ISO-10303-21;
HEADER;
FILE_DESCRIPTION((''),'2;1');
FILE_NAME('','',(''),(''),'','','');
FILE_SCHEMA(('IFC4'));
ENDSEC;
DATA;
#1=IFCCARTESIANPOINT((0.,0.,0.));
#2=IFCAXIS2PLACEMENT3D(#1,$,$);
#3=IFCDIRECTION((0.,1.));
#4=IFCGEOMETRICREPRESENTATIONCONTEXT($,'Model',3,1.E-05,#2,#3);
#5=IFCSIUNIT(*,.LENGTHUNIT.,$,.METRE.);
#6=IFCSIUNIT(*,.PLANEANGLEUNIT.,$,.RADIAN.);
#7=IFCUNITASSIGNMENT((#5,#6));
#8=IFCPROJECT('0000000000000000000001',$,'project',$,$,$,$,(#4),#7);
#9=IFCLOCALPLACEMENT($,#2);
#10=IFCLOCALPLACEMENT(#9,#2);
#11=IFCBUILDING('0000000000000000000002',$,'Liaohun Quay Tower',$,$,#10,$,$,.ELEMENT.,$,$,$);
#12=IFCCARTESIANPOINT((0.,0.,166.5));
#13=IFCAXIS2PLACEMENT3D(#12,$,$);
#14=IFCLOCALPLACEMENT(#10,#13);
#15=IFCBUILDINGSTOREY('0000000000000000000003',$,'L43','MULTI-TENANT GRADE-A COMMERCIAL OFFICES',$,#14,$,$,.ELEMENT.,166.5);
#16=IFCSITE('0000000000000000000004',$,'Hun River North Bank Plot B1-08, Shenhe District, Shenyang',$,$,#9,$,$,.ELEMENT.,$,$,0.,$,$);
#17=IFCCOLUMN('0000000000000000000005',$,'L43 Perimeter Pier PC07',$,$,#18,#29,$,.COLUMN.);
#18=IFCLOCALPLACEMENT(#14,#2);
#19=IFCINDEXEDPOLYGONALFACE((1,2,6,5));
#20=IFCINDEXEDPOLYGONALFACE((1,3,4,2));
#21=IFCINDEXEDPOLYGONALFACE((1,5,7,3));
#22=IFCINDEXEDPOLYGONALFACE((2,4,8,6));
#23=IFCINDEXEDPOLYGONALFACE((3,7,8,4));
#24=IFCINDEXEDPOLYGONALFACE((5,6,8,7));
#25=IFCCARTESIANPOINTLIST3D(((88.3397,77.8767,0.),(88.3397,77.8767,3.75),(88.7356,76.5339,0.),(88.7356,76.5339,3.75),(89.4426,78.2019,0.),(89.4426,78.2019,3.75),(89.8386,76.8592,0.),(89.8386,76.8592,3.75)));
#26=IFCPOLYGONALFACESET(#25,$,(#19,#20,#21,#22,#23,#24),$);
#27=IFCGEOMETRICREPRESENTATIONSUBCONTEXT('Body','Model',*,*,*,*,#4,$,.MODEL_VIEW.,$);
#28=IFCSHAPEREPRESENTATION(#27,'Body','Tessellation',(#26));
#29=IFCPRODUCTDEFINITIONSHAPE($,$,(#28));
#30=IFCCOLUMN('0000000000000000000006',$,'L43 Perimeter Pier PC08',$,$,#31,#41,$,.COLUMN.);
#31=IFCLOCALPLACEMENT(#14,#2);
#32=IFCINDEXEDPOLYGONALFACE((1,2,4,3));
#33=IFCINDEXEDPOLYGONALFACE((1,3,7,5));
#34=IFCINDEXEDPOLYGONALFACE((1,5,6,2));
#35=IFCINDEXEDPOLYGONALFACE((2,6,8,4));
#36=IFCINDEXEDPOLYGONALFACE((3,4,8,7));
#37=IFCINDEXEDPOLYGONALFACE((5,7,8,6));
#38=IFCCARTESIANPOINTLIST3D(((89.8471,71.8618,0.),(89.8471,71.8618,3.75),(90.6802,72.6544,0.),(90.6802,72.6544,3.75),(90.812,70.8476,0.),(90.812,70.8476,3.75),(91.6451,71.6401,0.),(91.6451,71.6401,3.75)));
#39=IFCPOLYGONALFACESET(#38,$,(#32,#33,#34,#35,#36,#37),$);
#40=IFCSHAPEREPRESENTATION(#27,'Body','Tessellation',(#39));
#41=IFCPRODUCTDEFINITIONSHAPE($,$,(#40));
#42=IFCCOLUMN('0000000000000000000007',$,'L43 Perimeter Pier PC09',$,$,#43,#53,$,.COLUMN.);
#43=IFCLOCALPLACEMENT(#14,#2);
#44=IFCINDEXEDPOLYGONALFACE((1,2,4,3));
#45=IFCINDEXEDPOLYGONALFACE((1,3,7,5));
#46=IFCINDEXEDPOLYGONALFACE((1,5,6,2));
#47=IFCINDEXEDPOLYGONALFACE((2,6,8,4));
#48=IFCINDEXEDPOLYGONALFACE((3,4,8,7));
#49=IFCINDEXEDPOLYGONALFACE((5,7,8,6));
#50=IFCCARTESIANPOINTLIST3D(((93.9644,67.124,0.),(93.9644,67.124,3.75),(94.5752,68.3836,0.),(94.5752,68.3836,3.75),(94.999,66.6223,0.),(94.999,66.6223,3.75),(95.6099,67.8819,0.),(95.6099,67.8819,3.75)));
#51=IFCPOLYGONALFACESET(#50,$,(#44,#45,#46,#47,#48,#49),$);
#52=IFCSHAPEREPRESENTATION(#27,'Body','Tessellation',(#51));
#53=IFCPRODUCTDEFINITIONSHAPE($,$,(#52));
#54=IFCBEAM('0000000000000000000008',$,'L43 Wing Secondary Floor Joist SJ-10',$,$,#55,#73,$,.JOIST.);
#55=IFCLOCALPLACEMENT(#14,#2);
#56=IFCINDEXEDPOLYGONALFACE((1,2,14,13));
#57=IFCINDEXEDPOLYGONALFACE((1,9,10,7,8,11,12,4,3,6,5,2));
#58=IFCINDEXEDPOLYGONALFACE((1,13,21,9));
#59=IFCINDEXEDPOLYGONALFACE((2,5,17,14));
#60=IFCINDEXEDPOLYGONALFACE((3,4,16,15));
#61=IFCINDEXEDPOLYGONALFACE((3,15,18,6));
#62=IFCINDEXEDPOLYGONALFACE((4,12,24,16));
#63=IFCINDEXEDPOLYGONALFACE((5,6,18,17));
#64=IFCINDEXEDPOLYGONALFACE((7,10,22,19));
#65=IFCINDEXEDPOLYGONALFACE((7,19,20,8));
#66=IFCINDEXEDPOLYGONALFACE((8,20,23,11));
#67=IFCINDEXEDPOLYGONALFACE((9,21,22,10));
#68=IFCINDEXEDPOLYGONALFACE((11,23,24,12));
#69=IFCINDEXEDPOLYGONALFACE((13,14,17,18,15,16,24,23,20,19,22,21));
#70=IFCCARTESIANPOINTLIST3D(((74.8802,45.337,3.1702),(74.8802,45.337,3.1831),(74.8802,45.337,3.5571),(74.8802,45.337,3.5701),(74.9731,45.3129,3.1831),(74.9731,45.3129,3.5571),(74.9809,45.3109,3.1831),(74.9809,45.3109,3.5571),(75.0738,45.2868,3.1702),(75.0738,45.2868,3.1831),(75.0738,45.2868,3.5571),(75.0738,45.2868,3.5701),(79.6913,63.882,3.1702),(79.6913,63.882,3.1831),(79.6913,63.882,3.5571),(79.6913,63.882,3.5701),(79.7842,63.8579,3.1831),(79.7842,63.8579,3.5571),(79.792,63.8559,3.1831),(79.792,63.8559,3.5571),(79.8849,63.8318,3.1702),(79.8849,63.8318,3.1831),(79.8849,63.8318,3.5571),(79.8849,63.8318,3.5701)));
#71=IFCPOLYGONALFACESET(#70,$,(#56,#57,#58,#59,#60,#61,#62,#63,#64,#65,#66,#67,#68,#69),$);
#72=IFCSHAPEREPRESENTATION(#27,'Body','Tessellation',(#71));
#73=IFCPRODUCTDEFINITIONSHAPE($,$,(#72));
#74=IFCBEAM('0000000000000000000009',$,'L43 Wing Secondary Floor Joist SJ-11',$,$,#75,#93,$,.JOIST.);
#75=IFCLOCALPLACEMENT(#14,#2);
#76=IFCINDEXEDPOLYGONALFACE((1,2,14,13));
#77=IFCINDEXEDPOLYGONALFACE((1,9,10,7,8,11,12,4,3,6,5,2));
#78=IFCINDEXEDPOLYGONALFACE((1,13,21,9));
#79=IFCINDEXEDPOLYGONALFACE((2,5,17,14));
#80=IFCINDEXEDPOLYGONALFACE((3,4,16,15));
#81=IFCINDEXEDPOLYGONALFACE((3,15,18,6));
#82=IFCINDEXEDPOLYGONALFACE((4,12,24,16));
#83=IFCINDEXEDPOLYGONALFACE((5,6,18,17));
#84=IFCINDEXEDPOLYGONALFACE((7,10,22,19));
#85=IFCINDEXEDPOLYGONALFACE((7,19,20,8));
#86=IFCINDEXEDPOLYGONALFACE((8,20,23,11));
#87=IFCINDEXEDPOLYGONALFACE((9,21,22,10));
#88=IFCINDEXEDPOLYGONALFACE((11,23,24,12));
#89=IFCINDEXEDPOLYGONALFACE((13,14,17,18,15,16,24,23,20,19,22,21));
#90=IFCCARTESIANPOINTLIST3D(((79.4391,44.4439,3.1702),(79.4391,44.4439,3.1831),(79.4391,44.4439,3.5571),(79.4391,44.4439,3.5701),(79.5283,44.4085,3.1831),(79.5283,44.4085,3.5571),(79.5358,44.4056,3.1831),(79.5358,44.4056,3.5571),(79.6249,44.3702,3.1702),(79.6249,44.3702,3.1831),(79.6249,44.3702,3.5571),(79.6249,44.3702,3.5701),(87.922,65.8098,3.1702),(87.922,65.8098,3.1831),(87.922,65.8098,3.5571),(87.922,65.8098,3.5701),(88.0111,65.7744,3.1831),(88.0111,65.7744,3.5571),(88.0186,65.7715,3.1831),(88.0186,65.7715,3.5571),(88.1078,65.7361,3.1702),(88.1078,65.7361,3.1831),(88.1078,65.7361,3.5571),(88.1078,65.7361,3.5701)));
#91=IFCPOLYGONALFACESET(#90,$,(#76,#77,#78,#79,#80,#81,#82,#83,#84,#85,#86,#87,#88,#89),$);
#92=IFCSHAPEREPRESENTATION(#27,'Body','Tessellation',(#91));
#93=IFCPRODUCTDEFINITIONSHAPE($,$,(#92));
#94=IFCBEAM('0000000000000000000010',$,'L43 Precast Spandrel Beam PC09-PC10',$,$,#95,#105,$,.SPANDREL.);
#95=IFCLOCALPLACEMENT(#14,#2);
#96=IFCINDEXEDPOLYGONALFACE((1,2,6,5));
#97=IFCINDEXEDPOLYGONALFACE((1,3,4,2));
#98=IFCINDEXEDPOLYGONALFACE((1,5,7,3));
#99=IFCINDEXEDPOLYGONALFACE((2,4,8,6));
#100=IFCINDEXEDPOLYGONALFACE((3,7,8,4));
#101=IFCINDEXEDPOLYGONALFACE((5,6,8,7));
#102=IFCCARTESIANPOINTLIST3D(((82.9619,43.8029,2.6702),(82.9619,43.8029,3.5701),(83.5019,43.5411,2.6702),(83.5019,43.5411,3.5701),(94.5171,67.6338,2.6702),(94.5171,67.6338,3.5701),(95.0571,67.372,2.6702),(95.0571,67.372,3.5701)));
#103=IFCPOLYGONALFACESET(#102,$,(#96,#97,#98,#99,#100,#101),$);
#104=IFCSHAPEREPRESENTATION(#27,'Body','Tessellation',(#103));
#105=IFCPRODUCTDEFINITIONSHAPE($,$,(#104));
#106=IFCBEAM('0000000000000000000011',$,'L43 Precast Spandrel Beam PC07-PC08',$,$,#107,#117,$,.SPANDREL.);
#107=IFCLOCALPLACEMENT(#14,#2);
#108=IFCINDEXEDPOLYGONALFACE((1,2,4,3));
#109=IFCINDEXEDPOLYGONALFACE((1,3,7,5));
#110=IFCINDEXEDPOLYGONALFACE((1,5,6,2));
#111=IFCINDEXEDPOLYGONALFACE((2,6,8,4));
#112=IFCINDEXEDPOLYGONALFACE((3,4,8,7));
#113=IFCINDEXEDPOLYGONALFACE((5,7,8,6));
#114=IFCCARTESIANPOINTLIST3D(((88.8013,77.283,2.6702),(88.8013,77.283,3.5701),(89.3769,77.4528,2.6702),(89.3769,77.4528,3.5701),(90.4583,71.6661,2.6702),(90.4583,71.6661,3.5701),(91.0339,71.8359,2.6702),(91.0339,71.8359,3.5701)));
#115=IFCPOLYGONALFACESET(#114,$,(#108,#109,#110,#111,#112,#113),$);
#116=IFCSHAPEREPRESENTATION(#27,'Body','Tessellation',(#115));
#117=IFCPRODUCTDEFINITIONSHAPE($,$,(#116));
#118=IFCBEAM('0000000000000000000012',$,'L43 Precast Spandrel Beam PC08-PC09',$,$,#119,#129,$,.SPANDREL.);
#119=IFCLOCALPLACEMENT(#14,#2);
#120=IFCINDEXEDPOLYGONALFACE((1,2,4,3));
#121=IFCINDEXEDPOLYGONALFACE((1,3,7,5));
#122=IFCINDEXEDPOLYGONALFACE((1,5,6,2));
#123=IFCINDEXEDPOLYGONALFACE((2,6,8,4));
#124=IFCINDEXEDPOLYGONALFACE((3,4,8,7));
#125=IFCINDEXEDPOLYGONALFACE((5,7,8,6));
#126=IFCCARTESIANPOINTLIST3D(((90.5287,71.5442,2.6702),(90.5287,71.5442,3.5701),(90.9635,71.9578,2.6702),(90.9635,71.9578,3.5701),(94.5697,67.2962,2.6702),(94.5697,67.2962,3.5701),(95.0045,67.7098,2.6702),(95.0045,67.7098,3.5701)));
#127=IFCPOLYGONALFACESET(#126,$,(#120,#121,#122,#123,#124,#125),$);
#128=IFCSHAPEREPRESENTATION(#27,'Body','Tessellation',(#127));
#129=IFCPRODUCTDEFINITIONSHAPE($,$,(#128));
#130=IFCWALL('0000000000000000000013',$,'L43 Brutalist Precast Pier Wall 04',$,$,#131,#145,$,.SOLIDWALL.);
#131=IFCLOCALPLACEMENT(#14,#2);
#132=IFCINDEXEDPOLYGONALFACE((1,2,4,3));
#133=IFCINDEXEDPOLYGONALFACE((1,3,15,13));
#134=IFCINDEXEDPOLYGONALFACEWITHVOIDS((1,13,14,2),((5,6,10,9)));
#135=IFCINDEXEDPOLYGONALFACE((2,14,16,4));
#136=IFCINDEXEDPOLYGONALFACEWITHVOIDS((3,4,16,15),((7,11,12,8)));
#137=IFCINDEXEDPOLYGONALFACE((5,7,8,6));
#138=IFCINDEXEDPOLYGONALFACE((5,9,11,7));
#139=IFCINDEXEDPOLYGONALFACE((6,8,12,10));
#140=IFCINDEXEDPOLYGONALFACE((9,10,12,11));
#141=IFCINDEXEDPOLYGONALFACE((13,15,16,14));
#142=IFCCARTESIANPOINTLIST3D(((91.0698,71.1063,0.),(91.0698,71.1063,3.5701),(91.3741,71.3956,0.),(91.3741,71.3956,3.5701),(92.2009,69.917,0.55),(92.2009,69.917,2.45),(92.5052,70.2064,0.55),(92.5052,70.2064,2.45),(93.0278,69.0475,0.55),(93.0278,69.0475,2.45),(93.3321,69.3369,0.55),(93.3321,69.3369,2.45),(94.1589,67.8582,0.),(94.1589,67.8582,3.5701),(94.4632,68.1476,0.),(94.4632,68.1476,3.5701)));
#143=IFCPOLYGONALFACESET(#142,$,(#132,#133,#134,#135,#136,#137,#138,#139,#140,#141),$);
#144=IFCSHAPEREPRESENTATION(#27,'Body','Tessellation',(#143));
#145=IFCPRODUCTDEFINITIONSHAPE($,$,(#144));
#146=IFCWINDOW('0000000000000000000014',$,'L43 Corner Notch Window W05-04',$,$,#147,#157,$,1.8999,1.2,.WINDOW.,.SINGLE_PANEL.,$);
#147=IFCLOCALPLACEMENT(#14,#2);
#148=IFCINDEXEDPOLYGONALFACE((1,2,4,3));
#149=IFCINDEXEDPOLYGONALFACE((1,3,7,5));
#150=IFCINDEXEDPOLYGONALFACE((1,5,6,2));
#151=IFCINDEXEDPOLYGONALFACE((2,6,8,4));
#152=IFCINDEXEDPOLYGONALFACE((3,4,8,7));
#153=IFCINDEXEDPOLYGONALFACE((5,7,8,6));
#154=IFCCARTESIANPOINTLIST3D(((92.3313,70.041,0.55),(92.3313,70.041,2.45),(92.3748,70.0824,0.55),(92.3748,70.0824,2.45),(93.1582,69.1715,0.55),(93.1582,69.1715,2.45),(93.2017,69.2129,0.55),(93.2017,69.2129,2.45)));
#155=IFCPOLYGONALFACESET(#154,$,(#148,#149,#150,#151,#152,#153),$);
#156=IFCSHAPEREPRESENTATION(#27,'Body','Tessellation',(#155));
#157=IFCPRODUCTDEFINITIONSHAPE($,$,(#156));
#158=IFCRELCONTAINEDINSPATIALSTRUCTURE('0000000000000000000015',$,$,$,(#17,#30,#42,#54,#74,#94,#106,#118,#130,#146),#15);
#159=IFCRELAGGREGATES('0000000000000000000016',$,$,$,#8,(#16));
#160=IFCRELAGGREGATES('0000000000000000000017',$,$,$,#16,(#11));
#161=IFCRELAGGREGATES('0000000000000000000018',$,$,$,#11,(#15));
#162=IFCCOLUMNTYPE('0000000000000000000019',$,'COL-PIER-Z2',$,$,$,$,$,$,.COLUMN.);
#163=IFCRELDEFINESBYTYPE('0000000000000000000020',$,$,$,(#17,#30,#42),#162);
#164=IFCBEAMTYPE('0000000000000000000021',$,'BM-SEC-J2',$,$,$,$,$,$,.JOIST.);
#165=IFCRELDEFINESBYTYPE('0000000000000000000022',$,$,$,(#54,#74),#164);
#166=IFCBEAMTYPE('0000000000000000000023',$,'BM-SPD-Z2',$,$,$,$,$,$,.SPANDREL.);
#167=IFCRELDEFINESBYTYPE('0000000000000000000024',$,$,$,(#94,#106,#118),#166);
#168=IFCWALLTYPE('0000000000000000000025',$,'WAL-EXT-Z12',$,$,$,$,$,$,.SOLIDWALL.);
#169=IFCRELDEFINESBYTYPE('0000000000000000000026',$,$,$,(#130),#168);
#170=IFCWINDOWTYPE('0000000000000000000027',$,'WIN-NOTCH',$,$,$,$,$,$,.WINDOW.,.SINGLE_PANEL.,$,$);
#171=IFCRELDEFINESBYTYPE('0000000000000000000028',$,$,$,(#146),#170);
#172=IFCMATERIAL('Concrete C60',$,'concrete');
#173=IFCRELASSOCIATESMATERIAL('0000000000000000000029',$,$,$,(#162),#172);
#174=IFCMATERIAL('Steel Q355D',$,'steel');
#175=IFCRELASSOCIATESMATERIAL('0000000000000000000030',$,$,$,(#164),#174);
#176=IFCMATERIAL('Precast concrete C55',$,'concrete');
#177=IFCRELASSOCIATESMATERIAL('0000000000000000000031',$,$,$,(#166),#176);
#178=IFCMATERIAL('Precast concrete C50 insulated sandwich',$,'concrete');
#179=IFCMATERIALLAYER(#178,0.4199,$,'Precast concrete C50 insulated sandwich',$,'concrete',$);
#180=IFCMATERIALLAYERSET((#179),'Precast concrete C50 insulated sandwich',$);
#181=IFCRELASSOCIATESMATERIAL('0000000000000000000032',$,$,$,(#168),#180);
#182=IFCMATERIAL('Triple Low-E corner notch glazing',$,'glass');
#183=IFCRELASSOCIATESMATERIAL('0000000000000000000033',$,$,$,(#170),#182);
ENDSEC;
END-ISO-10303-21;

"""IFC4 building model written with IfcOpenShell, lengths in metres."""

from ifc_helpers import new_model, si_unit, direction, frame, frame_2d, origin, origin_2d, place, context, subcontext, project, spatial, rectangle, i_section, extrude, source, transform, mapped, material, layer, layer_set, material_profile, profile_set, type_object, element, fill, save


model = new_model("IFC4")

# Units and contexts
model_context = context("Model", 3, precision=1e-05, world=origin(), true_north=direction((0.0, 1.0)))
body_context = subcontext(model_context, "Body", "Model", "MODEL_VIEW")
ifc_project = project(units=[si_unit("LENGTHUNIT", "METRE"), si_unit("PLANEANGLEUNIT", "RADIAN")], contexts=[model_context])

# Site, building, storey
site_placement = place(None, origin())
site = spatial("IfcSite", under=ifc_project, at=site_placement, Name="Hun River North Bank Plot B1-08, Shenhe District, Shenyang", CompositionType="ELEMENT", RefElevation=0.0)
building_placement = place(site_placement, origin())
building = spatial("IfcBuilding", under=site, at=building_placement, Name="Liaohun Quay Tower", CompositionType="ELEMENT")
storey_placement = place(building_placement, frame((0.0, 0.0, 166.5)))
storey = spatial("IfcBuildingStorey", under=building, at=storey_placement, Name="L43", Description="MULTI-TENANT GRADE-A COMMERCIAL OFFICES", CompositionType="ELEMENT", Elevation=166.5)

# Columns
ifc_material_1 = material(Name="Concrete C60", Category="concrete")
ifc_material_profile_1 = material_profile(ifc_material_1, rectangle(XDim=1.3999, YDim=1.1499, at=origin_2d()), Name="RC1400x1150")
ifc_profile_set_1 = profile_set([ifc_material_profile_1], Name="Concrete C60")
column_type = type_object("IfcColumnType", Name="COL-PIER-Z2", PredefinedType="COLUMN", material=ifc_profile_set_1)
shared_shape_1 = source(origin(), body_context, "Body", "SweptSolid", [
    extrude(rectangle(XDim=1.3999, YDim=1.1499, at=origin_2d()), origin(), (0.0, 0.0, 1.0), 3.75),
])
for number, where, z_axis, x_axis, name in (
    (1, (89.0891, 77.3679, 0.0), (0.0, 0.0, 1.0), (-0.282844, 0.959166, 0.0), "L43 Perimeter Pier PC07"),
    (2, (90.7461, 71.751, 0.0), (0.0, 0.0, 1.0), (-0.68924, 0.724533, 0.0), "L43 Perimeter Pier PC08"),
    (3, (94.7871, 67.5029, 0.0), (0.0, 0.0, 1.0), (0.436331, 0.899786, 0.0), "L43 Perimeter Pier PC09"),
):
    element("IfcColumn", number, at=place(storey_placement, frame(where, z_axis=z_axis, x_axis=x_axis)), inside=storey, type_object=column_type, Name=name, PredefinedType="COLUMN", context=body_context, shape_type="MappedRepresentation", body=[
        mapped(shared_shape_1, transform((0.0, 0.0, 0.0), x_axis=(1.0, 0.0, 0.0), y_axis=(0.0, 1.0, 0.0), z_axis=(0.0, 0.0, 1.0), scale=1.0)),
    ])

# Beams
ifc_material_2 = material(Name="Steel Q355D", Category="steel")
ifc_material_profile_2 = material_profile(ifc_material_2, i_section(OverallWidth=0.2, OverallDepth=0.3999, WebThickness=0.0081, FlangeThickness=0.0129, at=origin_2d()), Name="HN400x200x8x13")
ifc_profile_set_2 = profile_set([ifc_material_profile_2], Name="Steel Q355D")
beam_type_1 = type_object("IfcBeamType", Name="BM-SEC-J2", PredefinedType="JOIST", material=ifc_profile_set_2)
shared_shape_2 = source(origin(), body_context, "Body", "SweptSolid", [
    extrude(i_section(OverallWidth=0.2, OverallDepth=0.3999, WebThickness=0.0081, FlangeThickness=0.0129, at=origin_2d()), origin(), (0.0, 0.0, 1.0), 19.1589),
])
beam_1_placement = place(storey_placement, frame((79.7881, 63.8569, 3.3701), z_axis=(-0.251113, -0.967958, 0.0), x_axis=(0.967958, -0.251113, 0.0)))
element("IfcBeam", 4, at=beam_1_placement, inside=storey, type_object=beam_type_1, Name="L43 Wing Secondary Floor Joist SJ-10", PredefinedType="JOIST", context=body_context, shape_type="MappedRepresentation", body=[
    mapped(shared_shape_2, transform((0.0, 0.0, 0.0), x_axis=(1.0, 0.0, 0.0), y_axis=(0.0, 1.0, 0.0), z_axis=(0.0, 0.0, 1.0), scale=1.0)),
])
shared_shape_3 = source(origin(), body_context, "Body", "SweptSolid", [
    extrude(i_section(OverallWidth=0.2, OverallDepth=0.3999, WebThickness=0.0081, FlangeThickness=0.0129, at=origin_2d()), origin(), (0.0, 0.0, 1.0), 22.9883),
])
beam_2_placement = place(storey_placement, frame((88.0149, 65.7729, 3.3701), z_axis=(-0.369009, -0.929426, 0.0), x_axis=(0.929426, -0.369009, 0.0)))
element("IfcBeam", 5, at=beam_2_placement, inside=storey, type_object=beam_type_1, Name="L43 Wing Secondary Floor Joist SJ-11", PredefinedType="JOIST", context=body_context, shape_type="MappedRepresentation", body=[
    mapped(shared_shape_3, transform((0.0, 0.0, 0.0), x_axis=(1.0, 0.0, 0.0), y_axis=(0.0, 1.0, 0.0), z_axis=(0.0, 0.0, 1.0), scale=1.0)),
])
ifc_material_3 = material(Name="Precast concrete C55", Category="concrete")
ifc_material_profile_3 = material_profile(ifc_material_3, rectangle(XDim=0.6001, YDim=0.8999, at=origin_2d()), Name="RC600x900")
ifc_profile_set_3 = profile_set([ifc_material_profile_3], Name="Precast concrete C55")
beam_type_2 = type_object("IfcBeamType", Name="BM-SPD-Z2", PredefinedType="SPANDREL", material=ifc_profile_set_3)
shared_shape_4 = source(origin(), body_context, "Body", "SweptSolid", [
    extrude(rectangle(XDim=0.6001, YDim=0.8999, at=origin_2d()), origin(), (0.0, 0.0, 1.0), 26.4846),
])
beam_3_placement = place(storey_placement, frame((94.7871, 67.5029, 3.1201), z_axis=(-0.436299, -0.899802, 0.0), x_axis=(0.899802, -0.436299, 0.0)))
element("IfcBeam", 6, at=beam_3_placement, inside=storey, type_object=beam_type_2, Name="L43 Precast Spandrel Beam PC09-PC10", PredefinedType="SPANDREL", context=body_context, shape_type="MappedRepresentation", body=[
    mapped(shared_shape_4, transform((0.0, 0.0, 0.0), x_axis=(1.0, 0.0, 0.0), y_axis=(0.0, 1.0, 0.0), z_axis=(0.0, 0.0, 1.0), scale=1.0)),
])
shared_shape_5 = source(origin(), body_context, "Body", "SweptSolid", [
    extrude(rectangle(XDim=0.6001, YDim=0.8999, at=origin_2d()), origin(), (0.0, 0.0, 1.0), 5.8562),
])
beam_4_placement = place(storey_placement, frame((89.0891, 77.3679, 3.1201), z_axis=(0.282943, -0.959137, 0.0), x_axis=(0.959137, 0.282943, 0.0)))
element("IfcBeam", 7, at=beam_4_placement, inside=storey, type_object=beam_type_2, Name="L43 Precast Spandrel Beam PC07-PC08", PredefinedType="SPANDREL", context=body_context, shape_type="MappedRepresentation", body=[
    mapped(shared_shape_5, transform((0.0, 0.0, 0.0), x_axis=(1.0, 0.0, 0.0), y_axis=(0.0, 1.0, 0.0), z_axis=(0.0, 0.0, 1.0), scale=1.0)),
])
shared_shape_6 = source(origin(), body_context, "Body", "SweptSolid", [
    extrude(rectangle(XDim=0.6001, YDim=0.8999, at=origin_2d()), origin(), (0.0, 0.0, 1.0), 5.863),
])
beam_5_placement = place(storey_placement, frame((90.7461, 71.751, 3.1201), z_axis=(0.689231, -0.724542, 0.0), x_axis=(0.724542, 0.689231, 0.0)))
element("IfcBeam", 8, at=beam_5_placement, inside=storey, type_object=beam_type_2, Name="L43 Precast Spandrel Beam PC08-PC09", PredefinedType="SPANDREL", context=body_context, shape_type="MappedRepresentation", body=[
    mapped(shared_shape_6, transform((0.0, 0.0, 0.0), x_axis=(1.0, 0.0, 0.0), y_axis=(0.0, 1.0, 0.0), z_axis=(0.0, 0.0, 1.0), scale=1.0)),
])

# Wall, opening, window
ifc_material_4 = material(Name="Precast concrete C50 insulated sandwich", Category="concrete")
ifc_layer_1 = layer(ifc_material_4, 0.4199, Name="Precast concrete C50 insulated sandwich", Category="concrete")
ifc_layer_set_1 = layer_set([ifc_layer_1], Name="Precast concrete C50 insulated sandwich")
wall_type_1 = type_object("IfcWallType", Name="WAL-EXT-Z12", PredefinedType="SOLIDWALL", material=ifc_layer_set_1)
wall_1_placement = place(storey_placement, frame((94.311, 68.0029, 0.0), z_axis=(0.0, 0.0, 1.0), x_axis=(-0.689156, 0.724613, 0.0)))
wall_1 = element("IfcWall", 9, at=wall_1_placement, inside=storey, type_object=wall_type_1, Name="L43 Brutalist Precast Pier Wall 04", PredefinedType="SOLIDWALL", context=body_context, shape_type="SweptSolid", body=[
    extrude(rectangle(XDim=4.4824, YDim=0.4199, at=frame_2d((2.2412, 0.0))), origin(), (0.0, 0.0, 1.0), 3.5701),
])
shared_shape_7 = source(origin(), body_context, "Body", "SweptSolid", [
    extrude(rectangle(XDim=1.2, YDim=1.8999, at=frame_2d((0.6001, 0.95))), frame((0.0, 0.22, 0.0), z_axis=(0.0, -1.0, 0.0), x_axis=(1.0, 0.0, 0.0)), (0.0, 0.0, 1.0), 0.4399),
])
opening_1_placement = place(wall_1_placement, frame((1.6411, 0.0, 0.55)))
opening_1 = element("IfcOpeningElement", 10, at=opening_1_placement, cuts=wall_1, PredefinedType="OPENING", context=body_context, shape_type="MappedRepresentation", body=[
    mapped(shared_shape_7, transform((0.0, 0.0, 0.0), x_axis=(1.0, 0.0, 0.0), y_axis=(0.0, 1.0, 0.0), z_axis=(0.0, 0.0, 1.0), scale=1.0)),
])
ifc_material_5 = material(Name="Triple Low-E corner notch glazing", Category="glass")
window_type_1 = type_object("IfcWindowType", Name="WIN-NOTCH", PartitioningType="SINGLE_PANEL", PredefinedType="WINDOW", material=ifc_material_5)
shared_shape_8 = source(origin(), body_context, "Body", "SweptSolid", [
    extrude(rectangle(XDim=1.2, YDim=1.8999, at=frame_2d((0.6001, 0.95))), frame((0.0, 0.03, 0.0), z_axis=(0.0, -1.0, 0.0), x_axis=(1.0, 0.0, 0.0)), (0.0, 0.0, 1.0), 0.0601),
])
window_1_placement = place(opening_1_placement, origin())
window_1 = element("IfcWindow", 11, at=window_1_placement, inside=storey, type_object=window_type_1, Name="L43 Corner Notch Window W05-04", OverallHeight=1.8999, OverallWidth=1.2, PartitioningType="SINGLE_PANEL", PredefinedType="WINDOW", context=body_context, shape_type="MappedRepresentation", body=[
    mapped(shared_shape_8, transform((0.0, 0.0, 0.0), x_axis=(1.0, 0.0, 0.0), y_axis=(0.0, 1.0, 0.0), z_axis=(0.0, 0.0, 1.0), scale=1.0)),
])
fill(opening_1, window_1)

save(model, "model.ifc")
